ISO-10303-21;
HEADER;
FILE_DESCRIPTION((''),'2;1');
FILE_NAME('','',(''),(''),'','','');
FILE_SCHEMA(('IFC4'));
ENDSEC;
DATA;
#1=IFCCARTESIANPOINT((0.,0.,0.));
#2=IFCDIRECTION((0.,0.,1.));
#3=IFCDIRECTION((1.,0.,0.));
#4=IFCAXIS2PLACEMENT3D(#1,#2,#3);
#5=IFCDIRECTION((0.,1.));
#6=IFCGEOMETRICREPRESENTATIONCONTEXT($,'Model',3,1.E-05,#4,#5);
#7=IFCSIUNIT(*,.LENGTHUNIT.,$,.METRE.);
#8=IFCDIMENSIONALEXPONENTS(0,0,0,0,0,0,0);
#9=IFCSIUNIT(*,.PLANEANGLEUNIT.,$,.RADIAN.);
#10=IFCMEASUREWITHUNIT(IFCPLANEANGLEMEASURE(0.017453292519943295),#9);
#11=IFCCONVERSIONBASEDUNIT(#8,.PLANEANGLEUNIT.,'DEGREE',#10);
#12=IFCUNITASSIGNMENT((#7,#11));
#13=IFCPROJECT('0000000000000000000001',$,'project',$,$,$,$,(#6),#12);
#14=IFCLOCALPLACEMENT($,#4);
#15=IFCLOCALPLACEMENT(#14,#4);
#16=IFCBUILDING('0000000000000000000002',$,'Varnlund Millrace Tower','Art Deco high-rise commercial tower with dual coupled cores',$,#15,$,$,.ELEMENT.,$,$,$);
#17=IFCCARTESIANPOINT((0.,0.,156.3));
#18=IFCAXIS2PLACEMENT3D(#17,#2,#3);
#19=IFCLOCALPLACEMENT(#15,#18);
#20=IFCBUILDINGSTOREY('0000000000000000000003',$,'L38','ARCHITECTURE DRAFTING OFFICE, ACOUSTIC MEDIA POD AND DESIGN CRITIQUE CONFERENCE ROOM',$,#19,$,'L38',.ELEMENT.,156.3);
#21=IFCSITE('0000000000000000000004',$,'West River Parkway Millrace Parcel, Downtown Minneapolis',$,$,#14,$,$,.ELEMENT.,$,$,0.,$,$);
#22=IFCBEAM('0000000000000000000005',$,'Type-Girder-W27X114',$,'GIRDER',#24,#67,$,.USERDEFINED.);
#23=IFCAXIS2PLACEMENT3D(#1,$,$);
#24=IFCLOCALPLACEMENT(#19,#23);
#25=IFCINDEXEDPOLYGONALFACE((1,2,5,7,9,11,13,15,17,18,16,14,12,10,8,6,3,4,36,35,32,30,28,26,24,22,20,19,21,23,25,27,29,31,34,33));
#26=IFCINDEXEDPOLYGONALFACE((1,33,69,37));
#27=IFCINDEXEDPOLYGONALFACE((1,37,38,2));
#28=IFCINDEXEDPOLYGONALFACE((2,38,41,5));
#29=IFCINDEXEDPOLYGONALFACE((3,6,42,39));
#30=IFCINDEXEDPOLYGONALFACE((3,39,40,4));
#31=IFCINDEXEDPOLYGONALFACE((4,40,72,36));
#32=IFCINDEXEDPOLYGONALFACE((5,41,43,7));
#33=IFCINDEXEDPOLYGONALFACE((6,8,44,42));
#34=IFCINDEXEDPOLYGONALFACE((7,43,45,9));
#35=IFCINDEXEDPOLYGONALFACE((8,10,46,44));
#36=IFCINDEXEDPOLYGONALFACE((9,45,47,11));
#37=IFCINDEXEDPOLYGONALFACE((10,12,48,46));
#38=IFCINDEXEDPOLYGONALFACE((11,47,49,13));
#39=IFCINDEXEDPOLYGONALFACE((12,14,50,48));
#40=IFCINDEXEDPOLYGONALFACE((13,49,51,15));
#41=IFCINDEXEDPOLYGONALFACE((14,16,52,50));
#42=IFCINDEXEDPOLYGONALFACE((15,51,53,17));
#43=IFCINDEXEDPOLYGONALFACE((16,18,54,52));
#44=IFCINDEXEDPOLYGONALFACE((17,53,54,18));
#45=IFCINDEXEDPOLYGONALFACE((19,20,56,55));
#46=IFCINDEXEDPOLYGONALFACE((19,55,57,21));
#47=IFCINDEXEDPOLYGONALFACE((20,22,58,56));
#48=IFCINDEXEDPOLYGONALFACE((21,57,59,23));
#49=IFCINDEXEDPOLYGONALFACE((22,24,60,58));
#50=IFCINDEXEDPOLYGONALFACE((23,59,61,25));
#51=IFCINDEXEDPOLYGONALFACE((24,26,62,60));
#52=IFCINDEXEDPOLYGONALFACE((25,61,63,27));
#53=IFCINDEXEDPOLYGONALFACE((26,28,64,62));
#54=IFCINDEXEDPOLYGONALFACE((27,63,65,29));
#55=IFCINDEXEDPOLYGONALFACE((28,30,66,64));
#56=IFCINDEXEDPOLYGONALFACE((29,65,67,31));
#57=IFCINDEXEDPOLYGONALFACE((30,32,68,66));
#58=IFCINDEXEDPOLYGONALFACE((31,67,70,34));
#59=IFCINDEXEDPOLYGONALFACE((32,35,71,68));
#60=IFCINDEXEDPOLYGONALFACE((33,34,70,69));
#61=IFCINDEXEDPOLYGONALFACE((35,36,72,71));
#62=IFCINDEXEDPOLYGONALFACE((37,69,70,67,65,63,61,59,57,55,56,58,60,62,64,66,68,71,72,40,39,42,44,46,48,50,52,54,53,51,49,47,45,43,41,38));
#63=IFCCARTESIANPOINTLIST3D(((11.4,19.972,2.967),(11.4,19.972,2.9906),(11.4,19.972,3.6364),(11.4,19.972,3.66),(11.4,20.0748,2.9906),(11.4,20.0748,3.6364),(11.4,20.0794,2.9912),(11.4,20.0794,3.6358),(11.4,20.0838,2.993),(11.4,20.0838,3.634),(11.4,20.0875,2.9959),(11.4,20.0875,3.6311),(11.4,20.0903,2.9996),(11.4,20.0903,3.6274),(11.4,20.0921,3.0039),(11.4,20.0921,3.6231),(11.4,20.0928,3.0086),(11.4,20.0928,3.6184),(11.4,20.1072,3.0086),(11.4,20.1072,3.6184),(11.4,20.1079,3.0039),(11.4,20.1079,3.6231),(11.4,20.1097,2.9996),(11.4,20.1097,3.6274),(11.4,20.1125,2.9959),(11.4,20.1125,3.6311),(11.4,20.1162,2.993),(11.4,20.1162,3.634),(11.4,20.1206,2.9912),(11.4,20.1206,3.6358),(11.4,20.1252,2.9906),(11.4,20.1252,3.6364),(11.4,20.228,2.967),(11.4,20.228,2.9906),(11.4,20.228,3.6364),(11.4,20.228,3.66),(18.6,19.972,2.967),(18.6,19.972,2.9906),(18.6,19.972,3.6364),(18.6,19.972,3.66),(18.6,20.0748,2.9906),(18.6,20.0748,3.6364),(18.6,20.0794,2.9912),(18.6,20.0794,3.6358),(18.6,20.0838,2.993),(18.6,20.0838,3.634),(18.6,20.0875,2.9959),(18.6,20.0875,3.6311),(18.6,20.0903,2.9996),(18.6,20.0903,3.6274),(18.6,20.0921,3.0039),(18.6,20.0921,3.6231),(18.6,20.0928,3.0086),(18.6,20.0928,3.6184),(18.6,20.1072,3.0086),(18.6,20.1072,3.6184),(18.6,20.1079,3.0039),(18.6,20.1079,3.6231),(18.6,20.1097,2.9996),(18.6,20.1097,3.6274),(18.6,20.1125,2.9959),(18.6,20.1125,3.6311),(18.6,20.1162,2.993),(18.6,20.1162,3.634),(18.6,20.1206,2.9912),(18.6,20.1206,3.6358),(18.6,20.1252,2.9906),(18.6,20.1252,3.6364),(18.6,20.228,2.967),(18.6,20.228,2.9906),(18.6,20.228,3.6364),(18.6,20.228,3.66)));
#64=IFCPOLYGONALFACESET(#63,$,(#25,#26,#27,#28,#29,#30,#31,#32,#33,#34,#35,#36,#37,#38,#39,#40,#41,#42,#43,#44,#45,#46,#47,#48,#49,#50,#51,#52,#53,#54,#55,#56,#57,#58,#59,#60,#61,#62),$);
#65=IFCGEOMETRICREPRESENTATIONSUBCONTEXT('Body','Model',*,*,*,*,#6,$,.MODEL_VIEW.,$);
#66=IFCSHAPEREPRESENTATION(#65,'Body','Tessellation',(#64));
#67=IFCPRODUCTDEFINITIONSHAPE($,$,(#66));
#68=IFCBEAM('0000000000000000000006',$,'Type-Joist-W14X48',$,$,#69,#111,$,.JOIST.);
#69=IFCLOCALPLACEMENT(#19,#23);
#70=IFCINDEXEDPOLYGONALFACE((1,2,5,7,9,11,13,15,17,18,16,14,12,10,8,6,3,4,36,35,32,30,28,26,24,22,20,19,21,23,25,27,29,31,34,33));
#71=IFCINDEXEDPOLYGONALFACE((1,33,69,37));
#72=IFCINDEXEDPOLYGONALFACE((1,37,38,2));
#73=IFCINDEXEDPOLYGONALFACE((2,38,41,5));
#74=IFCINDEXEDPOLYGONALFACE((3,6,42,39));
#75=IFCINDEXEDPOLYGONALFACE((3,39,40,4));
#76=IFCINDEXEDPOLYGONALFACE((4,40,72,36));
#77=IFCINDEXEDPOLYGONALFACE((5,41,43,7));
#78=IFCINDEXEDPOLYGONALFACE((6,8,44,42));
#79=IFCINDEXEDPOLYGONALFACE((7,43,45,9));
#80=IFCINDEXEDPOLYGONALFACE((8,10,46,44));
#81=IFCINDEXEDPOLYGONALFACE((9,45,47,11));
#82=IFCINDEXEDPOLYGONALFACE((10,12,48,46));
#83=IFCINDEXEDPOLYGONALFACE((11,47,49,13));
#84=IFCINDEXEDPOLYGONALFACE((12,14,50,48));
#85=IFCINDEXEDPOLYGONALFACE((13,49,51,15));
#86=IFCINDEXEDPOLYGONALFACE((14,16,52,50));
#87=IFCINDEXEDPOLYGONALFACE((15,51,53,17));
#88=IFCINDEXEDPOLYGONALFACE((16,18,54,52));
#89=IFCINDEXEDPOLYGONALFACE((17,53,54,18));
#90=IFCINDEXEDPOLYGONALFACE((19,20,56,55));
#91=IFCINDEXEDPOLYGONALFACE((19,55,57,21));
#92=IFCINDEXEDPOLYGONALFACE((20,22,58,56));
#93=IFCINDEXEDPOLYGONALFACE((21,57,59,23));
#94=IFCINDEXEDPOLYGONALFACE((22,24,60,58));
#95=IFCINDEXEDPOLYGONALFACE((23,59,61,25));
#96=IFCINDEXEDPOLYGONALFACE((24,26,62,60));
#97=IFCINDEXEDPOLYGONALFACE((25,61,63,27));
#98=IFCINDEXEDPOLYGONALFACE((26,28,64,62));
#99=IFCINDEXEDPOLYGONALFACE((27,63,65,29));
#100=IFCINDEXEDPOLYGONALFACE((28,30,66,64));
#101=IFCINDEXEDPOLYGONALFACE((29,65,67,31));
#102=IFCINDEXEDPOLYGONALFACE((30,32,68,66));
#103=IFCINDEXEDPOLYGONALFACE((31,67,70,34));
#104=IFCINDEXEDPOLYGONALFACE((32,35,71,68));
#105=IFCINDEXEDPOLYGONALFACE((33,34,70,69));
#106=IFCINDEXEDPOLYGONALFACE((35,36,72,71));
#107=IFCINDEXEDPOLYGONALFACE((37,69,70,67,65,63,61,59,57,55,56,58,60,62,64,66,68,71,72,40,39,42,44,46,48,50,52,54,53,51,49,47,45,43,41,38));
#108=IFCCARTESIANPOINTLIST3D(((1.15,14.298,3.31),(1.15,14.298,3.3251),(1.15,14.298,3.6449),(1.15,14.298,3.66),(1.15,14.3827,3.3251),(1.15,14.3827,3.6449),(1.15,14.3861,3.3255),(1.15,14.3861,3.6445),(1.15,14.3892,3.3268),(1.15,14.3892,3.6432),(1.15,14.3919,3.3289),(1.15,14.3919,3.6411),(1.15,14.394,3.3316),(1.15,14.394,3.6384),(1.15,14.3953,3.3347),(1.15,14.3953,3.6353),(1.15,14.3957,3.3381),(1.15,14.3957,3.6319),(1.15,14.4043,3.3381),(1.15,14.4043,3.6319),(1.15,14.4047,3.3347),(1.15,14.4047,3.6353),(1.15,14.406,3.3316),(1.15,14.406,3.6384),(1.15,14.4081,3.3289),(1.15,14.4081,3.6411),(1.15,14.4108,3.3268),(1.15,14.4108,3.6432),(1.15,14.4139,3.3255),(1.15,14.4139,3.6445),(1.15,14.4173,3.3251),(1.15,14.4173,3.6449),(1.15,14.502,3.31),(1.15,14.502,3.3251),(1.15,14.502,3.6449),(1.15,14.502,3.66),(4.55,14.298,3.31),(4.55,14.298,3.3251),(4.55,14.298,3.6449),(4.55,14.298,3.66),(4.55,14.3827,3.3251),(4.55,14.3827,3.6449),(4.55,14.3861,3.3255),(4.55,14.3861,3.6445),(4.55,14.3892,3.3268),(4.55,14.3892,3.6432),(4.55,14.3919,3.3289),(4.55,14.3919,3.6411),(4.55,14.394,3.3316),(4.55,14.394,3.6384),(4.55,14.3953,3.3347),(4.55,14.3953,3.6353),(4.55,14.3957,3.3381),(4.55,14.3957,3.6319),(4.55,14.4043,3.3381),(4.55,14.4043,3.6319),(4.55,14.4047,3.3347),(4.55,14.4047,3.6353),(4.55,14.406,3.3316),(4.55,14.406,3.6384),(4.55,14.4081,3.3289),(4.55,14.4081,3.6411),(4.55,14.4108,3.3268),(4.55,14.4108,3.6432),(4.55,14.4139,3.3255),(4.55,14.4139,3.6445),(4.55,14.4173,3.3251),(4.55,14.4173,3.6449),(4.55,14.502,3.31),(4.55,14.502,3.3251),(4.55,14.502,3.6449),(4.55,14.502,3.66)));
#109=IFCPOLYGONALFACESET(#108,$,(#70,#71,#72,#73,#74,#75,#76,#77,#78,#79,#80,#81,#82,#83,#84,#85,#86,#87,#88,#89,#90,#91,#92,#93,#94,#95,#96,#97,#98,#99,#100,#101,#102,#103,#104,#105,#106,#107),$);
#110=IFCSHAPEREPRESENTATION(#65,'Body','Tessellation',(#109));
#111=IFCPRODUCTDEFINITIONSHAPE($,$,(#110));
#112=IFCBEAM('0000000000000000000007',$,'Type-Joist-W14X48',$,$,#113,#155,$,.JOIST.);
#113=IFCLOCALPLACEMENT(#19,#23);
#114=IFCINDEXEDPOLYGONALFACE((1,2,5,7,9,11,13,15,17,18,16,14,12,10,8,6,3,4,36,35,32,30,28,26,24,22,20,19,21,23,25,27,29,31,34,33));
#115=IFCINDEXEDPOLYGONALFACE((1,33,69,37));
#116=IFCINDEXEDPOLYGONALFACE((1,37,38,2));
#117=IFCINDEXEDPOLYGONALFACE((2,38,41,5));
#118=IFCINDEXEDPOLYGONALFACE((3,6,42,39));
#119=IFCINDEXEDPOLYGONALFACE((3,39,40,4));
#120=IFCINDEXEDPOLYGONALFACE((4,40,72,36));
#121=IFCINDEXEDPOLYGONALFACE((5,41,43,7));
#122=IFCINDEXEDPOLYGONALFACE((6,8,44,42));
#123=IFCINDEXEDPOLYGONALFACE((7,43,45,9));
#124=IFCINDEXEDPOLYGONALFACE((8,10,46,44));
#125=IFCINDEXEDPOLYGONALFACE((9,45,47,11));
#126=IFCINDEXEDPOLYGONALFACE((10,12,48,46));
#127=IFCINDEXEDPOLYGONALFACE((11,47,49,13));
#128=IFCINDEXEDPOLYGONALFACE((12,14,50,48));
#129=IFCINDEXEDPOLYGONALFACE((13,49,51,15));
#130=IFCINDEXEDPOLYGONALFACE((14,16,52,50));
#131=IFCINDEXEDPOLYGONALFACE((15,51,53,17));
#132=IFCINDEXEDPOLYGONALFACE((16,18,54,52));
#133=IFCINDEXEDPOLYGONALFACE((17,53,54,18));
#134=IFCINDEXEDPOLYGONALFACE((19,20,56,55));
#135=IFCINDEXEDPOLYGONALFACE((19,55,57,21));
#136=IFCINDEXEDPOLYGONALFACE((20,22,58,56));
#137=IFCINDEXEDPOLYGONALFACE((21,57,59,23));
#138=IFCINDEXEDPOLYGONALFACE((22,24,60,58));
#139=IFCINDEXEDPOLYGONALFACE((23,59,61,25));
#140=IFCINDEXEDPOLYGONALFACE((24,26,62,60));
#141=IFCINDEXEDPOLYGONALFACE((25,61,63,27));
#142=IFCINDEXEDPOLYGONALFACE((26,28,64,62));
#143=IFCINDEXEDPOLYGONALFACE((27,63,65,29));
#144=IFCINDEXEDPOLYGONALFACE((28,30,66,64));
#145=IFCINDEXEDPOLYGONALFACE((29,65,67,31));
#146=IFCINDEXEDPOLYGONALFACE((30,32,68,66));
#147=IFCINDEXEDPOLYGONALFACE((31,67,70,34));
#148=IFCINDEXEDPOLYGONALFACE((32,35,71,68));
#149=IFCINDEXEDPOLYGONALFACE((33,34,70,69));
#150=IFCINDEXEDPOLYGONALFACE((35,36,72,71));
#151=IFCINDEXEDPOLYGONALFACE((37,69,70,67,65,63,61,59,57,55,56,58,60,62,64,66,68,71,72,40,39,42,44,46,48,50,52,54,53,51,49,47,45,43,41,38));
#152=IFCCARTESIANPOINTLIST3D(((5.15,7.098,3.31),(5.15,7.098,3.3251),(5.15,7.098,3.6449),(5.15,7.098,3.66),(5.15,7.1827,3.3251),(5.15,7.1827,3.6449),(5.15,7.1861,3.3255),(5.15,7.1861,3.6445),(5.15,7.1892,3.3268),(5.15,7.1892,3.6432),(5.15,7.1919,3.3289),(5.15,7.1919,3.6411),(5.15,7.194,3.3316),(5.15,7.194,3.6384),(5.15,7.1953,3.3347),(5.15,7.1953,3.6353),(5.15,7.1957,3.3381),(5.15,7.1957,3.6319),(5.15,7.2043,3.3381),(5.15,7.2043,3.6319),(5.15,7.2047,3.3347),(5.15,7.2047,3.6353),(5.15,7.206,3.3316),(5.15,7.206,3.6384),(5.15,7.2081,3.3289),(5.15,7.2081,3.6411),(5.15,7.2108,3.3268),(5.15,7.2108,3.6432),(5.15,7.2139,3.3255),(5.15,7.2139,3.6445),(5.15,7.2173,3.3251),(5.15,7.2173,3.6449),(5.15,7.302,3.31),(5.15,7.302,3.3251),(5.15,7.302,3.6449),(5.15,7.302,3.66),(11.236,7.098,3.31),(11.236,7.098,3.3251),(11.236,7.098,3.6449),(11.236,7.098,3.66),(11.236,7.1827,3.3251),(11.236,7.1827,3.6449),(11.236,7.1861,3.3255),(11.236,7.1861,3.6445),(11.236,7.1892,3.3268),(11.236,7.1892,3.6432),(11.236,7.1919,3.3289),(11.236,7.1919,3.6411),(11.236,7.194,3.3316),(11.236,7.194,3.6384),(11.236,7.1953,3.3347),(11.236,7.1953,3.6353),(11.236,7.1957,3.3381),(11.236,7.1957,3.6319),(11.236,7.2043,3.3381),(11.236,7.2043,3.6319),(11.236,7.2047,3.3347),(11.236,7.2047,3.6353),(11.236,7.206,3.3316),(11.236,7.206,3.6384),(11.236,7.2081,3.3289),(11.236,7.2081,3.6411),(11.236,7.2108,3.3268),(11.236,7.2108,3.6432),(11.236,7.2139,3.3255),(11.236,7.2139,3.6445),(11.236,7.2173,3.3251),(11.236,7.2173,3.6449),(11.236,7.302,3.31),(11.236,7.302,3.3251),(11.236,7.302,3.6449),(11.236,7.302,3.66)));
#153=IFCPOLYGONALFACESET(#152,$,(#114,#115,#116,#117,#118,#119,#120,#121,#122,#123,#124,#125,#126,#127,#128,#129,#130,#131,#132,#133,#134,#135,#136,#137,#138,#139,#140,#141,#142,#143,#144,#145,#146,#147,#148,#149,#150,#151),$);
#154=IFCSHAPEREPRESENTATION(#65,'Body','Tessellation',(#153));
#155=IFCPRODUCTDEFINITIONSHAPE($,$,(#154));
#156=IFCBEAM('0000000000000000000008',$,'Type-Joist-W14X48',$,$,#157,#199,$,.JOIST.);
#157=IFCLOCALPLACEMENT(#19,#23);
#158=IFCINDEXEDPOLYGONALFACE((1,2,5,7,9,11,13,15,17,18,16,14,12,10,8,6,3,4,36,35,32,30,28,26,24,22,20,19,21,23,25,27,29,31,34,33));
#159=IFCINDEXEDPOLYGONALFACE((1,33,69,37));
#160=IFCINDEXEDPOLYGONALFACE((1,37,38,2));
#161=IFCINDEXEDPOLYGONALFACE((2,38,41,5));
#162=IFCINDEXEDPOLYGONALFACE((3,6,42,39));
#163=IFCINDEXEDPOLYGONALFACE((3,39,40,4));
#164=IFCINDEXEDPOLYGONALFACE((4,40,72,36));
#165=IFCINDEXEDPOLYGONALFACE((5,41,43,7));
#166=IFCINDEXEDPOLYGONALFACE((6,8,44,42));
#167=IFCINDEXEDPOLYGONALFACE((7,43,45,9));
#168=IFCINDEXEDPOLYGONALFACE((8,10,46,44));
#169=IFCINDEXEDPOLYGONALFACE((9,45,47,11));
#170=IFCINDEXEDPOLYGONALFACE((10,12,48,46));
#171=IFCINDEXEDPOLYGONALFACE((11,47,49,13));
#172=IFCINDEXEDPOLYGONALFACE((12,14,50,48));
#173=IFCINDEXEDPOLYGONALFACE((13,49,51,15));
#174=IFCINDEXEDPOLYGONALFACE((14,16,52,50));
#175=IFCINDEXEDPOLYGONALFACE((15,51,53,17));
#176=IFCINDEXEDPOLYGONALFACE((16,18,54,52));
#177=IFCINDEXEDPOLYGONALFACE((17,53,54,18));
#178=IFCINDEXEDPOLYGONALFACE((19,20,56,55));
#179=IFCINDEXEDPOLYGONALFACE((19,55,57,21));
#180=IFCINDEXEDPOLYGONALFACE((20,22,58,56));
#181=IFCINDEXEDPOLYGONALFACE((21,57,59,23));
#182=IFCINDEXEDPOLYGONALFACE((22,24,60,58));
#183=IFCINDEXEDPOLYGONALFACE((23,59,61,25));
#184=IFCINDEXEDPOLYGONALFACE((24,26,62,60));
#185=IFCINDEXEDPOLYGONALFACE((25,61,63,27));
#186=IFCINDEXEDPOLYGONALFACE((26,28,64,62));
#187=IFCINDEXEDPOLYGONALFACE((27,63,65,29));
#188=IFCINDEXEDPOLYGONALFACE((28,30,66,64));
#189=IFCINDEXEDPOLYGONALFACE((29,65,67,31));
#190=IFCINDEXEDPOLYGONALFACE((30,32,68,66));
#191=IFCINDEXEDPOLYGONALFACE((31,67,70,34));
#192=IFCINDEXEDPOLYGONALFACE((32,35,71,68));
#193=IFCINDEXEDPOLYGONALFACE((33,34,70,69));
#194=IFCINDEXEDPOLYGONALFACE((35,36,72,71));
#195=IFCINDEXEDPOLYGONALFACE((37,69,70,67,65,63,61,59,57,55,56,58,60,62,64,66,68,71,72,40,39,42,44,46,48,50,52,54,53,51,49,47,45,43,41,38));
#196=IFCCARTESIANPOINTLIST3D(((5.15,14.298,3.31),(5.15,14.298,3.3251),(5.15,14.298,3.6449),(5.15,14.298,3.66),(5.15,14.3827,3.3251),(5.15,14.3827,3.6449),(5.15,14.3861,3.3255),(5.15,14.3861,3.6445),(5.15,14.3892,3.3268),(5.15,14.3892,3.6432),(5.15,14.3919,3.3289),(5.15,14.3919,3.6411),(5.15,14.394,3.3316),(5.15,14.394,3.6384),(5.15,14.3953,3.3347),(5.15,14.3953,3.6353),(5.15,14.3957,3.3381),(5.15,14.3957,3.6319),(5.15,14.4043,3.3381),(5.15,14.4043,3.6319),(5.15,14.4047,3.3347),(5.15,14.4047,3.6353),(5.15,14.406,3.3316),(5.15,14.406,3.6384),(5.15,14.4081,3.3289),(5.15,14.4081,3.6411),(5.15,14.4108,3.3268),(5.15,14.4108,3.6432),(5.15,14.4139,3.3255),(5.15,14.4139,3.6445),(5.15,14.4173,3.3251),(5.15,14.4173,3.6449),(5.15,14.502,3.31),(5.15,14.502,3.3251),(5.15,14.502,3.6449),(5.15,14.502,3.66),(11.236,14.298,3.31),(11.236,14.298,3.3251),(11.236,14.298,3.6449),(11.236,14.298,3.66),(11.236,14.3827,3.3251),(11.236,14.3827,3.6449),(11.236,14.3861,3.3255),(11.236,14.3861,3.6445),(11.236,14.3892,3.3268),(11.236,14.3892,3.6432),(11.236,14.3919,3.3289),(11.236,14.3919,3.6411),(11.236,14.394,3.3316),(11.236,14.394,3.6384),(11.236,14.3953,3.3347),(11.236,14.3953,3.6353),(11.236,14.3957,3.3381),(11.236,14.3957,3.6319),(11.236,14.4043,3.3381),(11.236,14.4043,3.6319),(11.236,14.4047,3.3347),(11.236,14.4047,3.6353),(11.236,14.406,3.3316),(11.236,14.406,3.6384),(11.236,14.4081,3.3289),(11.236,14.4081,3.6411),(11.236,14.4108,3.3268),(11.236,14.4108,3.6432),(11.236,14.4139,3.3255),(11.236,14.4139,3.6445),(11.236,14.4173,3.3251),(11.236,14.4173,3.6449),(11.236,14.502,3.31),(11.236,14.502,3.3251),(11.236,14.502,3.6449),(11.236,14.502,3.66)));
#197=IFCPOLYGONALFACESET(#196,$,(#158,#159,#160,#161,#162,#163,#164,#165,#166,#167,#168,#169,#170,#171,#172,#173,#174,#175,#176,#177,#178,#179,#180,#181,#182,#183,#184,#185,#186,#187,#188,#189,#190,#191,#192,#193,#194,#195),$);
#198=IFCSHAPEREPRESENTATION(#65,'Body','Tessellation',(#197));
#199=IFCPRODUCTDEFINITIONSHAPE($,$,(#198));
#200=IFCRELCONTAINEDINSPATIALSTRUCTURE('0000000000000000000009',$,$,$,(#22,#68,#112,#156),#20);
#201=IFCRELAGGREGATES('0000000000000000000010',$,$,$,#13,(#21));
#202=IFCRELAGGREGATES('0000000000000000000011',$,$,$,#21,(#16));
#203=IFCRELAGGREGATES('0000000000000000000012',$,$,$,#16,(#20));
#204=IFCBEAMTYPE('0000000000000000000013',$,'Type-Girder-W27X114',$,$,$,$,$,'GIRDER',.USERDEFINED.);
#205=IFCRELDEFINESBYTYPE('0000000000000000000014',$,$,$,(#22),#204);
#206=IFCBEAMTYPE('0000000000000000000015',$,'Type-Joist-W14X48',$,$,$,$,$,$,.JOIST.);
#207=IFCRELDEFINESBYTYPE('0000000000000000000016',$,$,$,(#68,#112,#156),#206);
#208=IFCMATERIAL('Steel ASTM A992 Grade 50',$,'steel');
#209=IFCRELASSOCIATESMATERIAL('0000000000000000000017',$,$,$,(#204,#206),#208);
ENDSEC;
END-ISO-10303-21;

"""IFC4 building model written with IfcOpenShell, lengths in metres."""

from ifc_helpers import new_model, entity, si_unit, converted_unit, direction, frame, origin_with_axes, origin_2d_with_axis, place, context, subcontext, project, spatial, i_section, extrude, material, material_profile, profile_set, type_object, element, save


model = new_model("IFC4")

# Units and contexts
model_context = context("Model", 3, precision=1e-05, world=origin_with_axes(), true_north=direction((0.0, 1.0)))
body_context = subcontext(model_context, "Body", "Model", "MODEL_VIEW")
ifc_project = project(units=[si_unit("LENGTHUNIT", "METRE"), converted_unit("PLANEANGLEUNIT", "DEGREE", entity("IfcPlaneAngleMeasure", 0.017453292519943295), si_unit("PLANEANGLEUNIT", "RADIAN"), dimensions=[0, 0, 0, 0, 0, 0, 0])], contexts=[model_context])

# Site, building, storey
site_placement = place(None, origin_with_axes())
site = spatial("IfcSite", under=ifc_project, at=site_placement, Name="West River Parkway Millrace Parcel, Downtown Minneapolis", CompositionType="ELEMENT", RefElevation=0.0)
building_placement = place(site_placement, origin_with_axes())
building = spatial("IfcBuilding", under=site, at=building_placement, Name="Varnlund Millrace Tower", Description="Art Deco high-rise commercial tower with dual coupled cores", CompositionType="ELEMENT")
storey_placement = place(building_placement, frame((0.0, 0.0, 156.3), z_axis=(0.0, 0.0, 1.0), x_axis=(1.0, 0.0, 0.0)))
storey = spatial("IfcBuildingStorey", under=building, at=storey_placement, Name="L38", Description="ARCHITECTURE DRAFTING OFFICE, ACOUSTIC MEDIA POD AND DESIGN CRITIQUE CONFERENCE ROOM", LongName="L38", CompositionType="ELEMENT", Elevation=156.3)

# Beams
ifc_material_1 = material(Name="Steel ASTM A992 Grade 50", Category="steel")
ifc_material_profile_1 = material_profile(ifc_material_1, i_section(OverallWidth=0.256, OverallDepth=0.693, WebThickness=0.0145, FlangeThickness=0.0236, FilletRadius=0.018, at=origin_2d_with_axis()), Name="Steel ASTM A992 Grade 50")
ifc_profile_set_1 = profile_set([ifc_material_profile_1], Name="Steel ASTM A992 Grade 50")
beam_type_1 = type_object("IfcBeamType", Name="Type-Girder-W27X114", ElementType="GIRDER", PredefinedType="USERDEFINED", material=ifc_profile_set_1)
beam_1_placement = place(storey_placement, frame((11.4, 20.1, 3.3135), z_axis=(1.0, 0.0, 0.0), x_axis=(0.0, 1.0, 0.0)))
element("IfcBeam", 1, at=beam_1_placement, inside=storey, type_object=beam_type_1, Name="Type-Girder-W27X114", ObjectType="GIRDER", PredefinedType="USERDEFINED", context=body_context, shape_type="SweptSolid", body=[
    extrude(i_section(OverallWidth=0.256, OverallDepth=0.693, WebThickness=0.0145, FlangeThickness=0.0236, FilletRadius=0.018, at=origin_2d_with_axis()), origin_with_axes(), (0.0, 0.0, 1.0), 7.2),
])
ifc_material_profile_2 = material_profile(ifc_material_1, i_section(OverallWidth=0.204, OverallDepth=0.35, WebThickness=0.0086, FlangeThickness=0.0151, FilletRadius=0.013, at=origin_2d_with_axis()), Name="Steel ASTM A992 Grade 50")
ifc_profile_set_2 = profile_set([ifc_material_profile_2], Name="Steel ASTM A992 Grade 50")
beam_type_2 = type_object("IfcBeamType", Name="Type-Joist-W14X48", PredefinedType="JOIST", material=ifc_profile_set_2)
beam_2_placement = place(storey_placement, frame((1.15, 14.4, 3.485), z_axis=(1.0, 0.0, 0.0), x_axis=(0.0, 1.0, 0.0)))
element("IfcBeam", 2, at=beam_2_placement, inside=storey, type_object=beam_type_2, Name="Type-Joist-W14X48", PredefinedType="JOIST", context=body_context, shape_type="SweptSolid", body=[
    extrude(i_section(OverallWidth=0.204, OverallDepth=0.35, WebThickness=0.0086, FlangeThickness=0.0151, FilletRadius=0.013, at=origin_2d_with_axis()), origin_with_axes(), (0.0, 0.0, 1.0), 3.4),
])
for number, where, z_axis, x_axis, name in (
    (3, (5.15, 7.2, 3.485), (1.0, 0.0, 0.0), (0.0, 1.0, 0.0), "Type-Joist-W14X48"),
    (4, (5.15, 14.4, 3.485), (1.0, 0.0, 0.0), (0.0, 1.0, 0.0), "Type-Joist-W14X48"),
):
    element("IfcBeam", number, at=place(storey_placement, frame(where, z_axis=z_axis, x_axis=x_axis)), inside=storey, type_object=beam_type_2, Name=name, PredefinedType="JOIST", context=body_context, shape_type="SweptSolid", body=[
        extrude(i_section(OverallWidth=0.204, OverallDepth=0.35, WebThickness=0.0086, FlangeThickness=0.0151, FilletRadius=0.013, at=origin_2d_with_axis()), origin_with_axes(), (0.0, 0.0, 1.0), 6.086),
    ])

save(model, "model.ifc")
